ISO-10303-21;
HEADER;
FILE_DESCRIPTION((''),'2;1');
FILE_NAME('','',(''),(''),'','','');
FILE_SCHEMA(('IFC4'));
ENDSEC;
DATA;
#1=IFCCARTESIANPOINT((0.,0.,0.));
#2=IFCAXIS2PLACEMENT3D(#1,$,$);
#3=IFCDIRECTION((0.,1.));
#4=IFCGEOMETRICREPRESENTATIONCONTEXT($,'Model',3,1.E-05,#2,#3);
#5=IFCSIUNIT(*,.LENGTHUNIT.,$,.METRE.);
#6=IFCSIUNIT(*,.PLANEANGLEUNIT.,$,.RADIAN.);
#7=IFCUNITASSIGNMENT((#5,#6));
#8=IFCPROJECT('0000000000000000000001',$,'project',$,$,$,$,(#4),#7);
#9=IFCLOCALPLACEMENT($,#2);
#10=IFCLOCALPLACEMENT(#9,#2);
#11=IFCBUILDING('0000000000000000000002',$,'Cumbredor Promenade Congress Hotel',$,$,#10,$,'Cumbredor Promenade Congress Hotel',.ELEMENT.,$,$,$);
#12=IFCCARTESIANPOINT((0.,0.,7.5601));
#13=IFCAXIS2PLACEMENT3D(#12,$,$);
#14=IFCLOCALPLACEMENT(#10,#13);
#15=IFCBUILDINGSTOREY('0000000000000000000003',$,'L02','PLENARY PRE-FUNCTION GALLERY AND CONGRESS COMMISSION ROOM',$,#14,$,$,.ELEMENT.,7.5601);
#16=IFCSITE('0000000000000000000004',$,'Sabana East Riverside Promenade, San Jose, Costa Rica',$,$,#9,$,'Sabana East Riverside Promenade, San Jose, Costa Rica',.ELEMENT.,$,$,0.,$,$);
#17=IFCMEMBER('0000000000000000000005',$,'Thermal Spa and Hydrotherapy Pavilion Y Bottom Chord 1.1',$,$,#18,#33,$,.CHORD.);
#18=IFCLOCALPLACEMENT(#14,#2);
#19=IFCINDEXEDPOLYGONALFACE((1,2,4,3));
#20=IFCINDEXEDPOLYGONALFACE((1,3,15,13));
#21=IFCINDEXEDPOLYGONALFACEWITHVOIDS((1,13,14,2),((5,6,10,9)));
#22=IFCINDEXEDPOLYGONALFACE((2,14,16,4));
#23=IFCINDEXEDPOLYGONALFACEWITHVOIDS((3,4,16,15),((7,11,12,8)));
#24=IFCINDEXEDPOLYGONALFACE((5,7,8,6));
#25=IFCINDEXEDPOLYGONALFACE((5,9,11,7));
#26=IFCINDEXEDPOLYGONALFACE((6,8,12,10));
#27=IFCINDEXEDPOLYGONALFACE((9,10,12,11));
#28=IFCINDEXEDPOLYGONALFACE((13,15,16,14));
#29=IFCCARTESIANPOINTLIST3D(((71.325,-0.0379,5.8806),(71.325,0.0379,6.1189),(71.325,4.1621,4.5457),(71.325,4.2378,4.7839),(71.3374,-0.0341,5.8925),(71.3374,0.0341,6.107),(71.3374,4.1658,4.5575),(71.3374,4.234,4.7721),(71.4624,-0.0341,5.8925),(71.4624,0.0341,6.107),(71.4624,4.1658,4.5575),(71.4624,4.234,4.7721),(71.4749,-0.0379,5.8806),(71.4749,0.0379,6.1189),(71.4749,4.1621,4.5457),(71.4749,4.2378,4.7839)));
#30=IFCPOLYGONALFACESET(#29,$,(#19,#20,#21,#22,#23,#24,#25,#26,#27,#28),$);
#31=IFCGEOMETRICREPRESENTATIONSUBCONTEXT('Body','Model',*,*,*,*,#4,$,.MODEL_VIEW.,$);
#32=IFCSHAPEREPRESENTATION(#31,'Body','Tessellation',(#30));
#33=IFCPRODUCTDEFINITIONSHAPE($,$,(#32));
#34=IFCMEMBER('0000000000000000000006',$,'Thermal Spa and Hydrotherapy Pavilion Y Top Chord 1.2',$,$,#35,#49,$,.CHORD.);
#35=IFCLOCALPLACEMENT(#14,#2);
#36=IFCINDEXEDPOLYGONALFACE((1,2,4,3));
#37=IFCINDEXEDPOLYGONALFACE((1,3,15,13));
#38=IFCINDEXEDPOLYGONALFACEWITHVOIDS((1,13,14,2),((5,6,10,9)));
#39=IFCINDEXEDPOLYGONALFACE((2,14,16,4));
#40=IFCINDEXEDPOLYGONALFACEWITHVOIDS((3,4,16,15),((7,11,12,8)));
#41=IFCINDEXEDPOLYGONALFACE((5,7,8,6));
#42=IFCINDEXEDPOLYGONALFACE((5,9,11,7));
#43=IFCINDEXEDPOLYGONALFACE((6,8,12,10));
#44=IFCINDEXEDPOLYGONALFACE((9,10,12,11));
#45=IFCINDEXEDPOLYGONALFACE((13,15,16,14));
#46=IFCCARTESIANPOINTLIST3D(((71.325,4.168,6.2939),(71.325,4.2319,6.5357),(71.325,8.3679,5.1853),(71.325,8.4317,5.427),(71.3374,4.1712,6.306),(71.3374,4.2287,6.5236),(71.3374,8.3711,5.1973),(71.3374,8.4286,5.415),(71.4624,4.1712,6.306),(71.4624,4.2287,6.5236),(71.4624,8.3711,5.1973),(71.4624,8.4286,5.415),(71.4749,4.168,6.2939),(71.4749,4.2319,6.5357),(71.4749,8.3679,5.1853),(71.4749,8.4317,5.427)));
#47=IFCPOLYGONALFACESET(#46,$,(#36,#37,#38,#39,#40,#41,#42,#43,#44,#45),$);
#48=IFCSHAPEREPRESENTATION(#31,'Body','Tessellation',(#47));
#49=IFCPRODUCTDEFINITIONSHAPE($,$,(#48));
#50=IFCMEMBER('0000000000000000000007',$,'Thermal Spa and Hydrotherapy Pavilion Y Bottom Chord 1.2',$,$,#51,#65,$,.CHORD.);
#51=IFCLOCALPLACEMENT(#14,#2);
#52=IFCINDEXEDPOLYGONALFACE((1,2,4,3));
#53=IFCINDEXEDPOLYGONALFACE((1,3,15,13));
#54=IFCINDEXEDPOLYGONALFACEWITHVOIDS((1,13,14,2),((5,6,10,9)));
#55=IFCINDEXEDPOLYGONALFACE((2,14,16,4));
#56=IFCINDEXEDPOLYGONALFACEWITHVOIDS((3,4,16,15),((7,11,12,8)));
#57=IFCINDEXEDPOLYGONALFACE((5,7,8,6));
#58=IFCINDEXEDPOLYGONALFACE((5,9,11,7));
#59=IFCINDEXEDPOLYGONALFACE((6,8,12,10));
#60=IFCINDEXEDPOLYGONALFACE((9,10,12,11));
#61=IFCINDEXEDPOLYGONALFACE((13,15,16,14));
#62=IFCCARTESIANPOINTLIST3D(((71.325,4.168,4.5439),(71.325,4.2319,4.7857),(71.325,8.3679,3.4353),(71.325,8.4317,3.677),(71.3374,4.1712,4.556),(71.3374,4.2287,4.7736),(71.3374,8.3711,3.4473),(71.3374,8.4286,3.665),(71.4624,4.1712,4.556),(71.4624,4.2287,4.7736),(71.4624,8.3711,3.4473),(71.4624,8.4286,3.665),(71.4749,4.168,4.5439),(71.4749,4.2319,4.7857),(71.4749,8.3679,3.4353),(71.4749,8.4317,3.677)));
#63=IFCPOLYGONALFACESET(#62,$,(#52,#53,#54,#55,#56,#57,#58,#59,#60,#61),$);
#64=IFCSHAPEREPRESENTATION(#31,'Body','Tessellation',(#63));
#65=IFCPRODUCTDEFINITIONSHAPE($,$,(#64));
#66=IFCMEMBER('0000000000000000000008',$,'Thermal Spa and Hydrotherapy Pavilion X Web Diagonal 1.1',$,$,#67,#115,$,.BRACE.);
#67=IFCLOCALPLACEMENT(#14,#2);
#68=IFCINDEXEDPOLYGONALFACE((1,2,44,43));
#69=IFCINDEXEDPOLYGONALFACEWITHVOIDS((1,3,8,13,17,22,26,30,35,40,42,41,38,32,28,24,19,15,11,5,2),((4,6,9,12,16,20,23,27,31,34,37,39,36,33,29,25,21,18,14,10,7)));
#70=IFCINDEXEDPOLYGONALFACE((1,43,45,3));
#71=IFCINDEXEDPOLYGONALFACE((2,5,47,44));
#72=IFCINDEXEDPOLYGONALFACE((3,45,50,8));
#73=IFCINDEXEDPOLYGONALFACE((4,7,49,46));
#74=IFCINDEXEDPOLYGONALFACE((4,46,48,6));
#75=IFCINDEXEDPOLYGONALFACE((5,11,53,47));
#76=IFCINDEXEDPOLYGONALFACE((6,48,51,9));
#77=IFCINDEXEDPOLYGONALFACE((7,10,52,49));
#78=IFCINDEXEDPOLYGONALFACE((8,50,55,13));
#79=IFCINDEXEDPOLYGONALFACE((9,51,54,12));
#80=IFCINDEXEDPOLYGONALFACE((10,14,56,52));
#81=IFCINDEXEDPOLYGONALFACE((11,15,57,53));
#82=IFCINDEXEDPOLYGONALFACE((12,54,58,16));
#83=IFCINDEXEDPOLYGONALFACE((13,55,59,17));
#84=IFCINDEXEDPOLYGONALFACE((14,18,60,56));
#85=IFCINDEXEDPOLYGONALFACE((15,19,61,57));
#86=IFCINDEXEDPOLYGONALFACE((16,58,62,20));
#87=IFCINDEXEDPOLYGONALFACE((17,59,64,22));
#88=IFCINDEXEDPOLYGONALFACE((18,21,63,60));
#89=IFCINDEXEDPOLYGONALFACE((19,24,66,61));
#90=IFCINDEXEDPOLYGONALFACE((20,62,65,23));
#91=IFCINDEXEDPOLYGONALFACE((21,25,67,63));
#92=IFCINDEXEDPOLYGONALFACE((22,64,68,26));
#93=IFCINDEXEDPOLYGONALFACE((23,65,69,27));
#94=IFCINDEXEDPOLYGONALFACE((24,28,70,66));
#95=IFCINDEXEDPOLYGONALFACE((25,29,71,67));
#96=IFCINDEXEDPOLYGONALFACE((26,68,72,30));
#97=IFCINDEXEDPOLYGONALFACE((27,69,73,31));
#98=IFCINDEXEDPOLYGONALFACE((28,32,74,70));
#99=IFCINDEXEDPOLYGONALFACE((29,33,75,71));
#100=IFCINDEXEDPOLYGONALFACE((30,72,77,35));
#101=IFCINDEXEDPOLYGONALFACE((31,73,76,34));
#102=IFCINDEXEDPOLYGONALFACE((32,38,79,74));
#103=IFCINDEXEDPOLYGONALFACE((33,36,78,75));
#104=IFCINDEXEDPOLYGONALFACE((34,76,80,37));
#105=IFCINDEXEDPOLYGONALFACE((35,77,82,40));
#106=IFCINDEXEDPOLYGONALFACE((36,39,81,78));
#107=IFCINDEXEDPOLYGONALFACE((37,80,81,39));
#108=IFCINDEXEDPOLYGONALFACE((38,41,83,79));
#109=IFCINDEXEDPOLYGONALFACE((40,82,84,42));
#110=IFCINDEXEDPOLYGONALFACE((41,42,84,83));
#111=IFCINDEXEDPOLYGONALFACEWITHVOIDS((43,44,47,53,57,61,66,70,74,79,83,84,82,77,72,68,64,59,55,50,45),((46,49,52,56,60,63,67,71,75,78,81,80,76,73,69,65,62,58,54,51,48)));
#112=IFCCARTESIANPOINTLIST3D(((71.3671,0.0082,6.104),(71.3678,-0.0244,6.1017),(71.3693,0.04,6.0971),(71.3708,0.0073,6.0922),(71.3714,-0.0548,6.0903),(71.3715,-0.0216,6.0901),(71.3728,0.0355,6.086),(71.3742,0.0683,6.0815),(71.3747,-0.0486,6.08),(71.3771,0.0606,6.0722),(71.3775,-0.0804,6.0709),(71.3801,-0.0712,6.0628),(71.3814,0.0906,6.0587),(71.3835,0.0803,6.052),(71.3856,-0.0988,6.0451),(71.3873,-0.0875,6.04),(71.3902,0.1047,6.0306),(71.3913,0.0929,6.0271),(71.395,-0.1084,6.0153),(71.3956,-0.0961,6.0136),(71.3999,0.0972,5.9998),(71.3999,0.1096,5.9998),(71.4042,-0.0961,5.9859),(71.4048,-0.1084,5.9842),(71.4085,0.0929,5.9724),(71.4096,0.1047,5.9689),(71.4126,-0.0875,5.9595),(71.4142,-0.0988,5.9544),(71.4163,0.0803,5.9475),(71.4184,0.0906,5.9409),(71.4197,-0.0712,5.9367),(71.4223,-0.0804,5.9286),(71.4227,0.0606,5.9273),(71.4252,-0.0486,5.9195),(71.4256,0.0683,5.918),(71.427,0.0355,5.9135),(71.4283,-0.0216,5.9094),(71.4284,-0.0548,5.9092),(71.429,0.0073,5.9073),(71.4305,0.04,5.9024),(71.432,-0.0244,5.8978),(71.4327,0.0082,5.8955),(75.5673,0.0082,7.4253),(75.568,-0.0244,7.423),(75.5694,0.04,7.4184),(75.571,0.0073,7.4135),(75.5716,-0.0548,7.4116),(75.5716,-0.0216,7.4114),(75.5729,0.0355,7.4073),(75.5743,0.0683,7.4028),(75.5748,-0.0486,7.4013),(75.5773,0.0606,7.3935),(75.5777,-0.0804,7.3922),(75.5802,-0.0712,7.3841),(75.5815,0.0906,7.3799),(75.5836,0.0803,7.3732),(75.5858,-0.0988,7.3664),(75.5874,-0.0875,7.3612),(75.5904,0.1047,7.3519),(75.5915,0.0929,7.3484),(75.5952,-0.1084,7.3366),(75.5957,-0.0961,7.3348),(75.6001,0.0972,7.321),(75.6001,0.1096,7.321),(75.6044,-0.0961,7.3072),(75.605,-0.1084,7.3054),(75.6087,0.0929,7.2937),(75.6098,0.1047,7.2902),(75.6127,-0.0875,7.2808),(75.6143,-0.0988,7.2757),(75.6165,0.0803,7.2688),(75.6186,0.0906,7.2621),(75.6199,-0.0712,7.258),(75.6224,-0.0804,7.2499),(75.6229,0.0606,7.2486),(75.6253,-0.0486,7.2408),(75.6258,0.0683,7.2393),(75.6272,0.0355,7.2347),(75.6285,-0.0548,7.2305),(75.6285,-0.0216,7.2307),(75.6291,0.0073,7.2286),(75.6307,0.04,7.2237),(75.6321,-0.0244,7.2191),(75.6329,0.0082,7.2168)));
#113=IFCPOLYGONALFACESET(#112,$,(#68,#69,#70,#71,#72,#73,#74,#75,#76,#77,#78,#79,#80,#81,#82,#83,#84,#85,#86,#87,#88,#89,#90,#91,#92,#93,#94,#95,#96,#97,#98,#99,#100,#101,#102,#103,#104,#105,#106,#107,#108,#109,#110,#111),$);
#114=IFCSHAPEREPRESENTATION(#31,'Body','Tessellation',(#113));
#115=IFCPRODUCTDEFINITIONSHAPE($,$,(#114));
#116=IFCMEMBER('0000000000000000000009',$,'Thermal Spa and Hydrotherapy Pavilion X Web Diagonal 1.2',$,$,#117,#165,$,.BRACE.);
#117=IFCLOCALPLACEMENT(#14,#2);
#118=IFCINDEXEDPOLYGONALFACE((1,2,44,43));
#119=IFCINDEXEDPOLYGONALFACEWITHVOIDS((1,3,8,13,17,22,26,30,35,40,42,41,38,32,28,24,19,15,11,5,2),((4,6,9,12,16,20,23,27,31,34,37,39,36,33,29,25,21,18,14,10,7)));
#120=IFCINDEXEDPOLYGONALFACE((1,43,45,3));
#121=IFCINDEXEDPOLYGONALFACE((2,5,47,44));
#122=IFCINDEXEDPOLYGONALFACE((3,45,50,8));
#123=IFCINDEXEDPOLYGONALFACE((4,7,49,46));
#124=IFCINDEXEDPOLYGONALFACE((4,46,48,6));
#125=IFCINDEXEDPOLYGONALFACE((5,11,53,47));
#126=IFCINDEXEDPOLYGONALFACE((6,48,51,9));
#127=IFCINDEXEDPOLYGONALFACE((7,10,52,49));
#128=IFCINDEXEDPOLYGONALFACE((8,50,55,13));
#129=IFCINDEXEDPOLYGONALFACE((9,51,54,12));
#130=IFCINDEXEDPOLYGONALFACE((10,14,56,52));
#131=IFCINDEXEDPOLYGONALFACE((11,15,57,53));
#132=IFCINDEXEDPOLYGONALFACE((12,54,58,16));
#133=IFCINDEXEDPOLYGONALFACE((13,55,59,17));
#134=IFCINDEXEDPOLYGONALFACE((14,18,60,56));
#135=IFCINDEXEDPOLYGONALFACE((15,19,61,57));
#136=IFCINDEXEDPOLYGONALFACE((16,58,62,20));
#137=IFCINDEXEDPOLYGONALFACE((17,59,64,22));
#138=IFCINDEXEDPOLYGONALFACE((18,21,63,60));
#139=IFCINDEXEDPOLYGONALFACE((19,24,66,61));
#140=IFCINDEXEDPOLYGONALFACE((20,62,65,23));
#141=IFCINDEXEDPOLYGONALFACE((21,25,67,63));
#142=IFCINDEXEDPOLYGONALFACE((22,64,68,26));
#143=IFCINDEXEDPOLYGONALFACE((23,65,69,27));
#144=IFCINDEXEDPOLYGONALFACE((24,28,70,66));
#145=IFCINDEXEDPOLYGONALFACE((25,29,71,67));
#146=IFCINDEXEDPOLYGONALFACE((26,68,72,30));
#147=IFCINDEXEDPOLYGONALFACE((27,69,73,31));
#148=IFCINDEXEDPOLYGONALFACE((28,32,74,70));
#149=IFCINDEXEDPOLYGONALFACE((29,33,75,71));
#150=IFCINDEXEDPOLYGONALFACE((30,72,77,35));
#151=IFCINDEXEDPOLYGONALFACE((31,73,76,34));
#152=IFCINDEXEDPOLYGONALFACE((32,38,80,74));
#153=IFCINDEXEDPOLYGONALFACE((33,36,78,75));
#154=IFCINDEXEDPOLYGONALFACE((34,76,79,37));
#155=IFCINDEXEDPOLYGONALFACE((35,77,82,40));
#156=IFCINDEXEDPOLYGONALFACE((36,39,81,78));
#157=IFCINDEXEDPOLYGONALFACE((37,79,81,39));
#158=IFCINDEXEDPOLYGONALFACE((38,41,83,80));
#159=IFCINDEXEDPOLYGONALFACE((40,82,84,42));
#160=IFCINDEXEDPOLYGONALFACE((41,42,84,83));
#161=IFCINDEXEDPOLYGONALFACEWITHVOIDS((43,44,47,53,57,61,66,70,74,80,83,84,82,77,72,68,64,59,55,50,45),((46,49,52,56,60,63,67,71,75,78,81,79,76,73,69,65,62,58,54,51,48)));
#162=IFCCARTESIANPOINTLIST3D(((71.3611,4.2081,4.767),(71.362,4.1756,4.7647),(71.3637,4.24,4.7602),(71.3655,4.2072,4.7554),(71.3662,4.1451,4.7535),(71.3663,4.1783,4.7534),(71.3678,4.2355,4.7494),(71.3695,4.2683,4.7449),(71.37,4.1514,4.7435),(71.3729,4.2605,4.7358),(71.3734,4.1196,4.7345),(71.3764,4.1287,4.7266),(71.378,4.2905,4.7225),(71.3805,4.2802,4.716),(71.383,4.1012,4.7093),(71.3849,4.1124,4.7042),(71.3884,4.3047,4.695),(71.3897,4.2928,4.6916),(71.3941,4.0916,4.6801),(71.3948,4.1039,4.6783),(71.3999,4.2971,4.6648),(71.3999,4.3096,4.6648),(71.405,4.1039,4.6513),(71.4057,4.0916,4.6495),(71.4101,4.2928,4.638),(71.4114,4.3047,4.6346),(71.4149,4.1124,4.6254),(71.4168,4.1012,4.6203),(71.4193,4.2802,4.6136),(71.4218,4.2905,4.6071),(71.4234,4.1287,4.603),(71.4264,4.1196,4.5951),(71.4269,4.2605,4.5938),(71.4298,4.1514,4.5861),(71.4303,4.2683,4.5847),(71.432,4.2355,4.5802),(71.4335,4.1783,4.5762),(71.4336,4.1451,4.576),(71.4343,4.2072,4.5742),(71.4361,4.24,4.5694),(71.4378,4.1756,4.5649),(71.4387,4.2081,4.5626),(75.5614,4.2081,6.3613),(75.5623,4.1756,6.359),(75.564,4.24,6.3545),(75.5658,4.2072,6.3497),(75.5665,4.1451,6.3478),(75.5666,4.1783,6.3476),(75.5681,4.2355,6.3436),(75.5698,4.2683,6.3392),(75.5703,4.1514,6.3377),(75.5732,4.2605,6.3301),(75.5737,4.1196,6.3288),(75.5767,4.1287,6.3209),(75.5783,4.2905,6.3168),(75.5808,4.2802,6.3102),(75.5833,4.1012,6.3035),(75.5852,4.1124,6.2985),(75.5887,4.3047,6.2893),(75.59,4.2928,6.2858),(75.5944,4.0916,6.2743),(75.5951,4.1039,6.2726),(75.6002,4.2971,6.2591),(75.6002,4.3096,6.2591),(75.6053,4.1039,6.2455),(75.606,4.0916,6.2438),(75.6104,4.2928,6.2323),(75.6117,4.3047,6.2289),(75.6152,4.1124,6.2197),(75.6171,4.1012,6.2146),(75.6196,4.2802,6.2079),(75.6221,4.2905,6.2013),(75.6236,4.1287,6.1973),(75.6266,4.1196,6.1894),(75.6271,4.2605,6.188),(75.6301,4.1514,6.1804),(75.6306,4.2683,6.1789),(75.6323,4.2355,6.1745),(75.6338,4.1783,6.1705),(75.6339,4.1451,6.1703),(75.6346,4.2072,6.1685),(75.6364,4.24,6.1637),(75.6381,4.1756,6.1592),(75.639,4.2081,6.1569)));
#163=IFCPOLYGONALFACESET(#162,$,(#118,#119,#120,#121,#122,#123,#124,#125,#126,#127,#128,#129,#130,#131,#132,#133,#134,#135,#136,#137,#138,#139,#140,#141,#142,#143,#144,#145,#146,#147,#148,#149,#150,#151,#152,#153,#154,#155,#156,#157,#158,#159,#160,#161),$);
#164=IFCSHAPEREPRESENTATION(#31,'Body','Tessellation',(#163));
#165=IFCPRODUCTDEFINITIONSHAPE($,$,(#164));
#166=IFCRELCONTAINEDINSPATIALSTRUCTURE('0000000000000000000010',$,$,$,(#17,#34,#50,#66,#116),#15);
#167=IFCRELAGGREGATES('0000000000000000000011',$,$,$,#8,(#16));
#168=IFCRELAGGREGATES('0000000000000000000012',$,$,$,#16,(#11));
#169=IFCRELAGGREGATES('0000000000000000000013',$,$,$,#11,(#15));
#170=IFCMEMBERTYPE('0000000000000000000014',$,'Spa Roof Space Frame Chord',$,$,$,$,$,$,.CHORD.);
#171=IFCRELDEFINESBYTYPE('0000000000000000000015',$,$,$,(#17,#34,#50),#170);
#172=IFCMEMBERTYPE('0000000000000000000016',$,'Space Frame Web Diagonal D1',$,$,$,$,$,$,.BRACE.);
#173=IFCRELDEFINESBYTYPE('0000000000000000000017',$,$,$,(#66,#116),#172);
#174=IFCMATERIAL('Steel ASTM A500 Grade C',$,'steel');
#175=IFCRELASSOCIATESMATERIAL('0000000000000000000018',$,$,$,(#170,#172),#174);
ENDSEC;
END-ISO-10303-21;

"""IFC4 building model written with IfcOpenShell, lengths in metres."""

from ifc_helpers import new_model, si_unit, direction, frame, origin, origin_2d, place, context, subcontext, project, spatial, hollow_rectangle, hollow_circle, extrude, material, material_profile, profile_set, type_object, element, save


model = new_model("IFC4")

# Units and contexts
model_context = context("Model", 3, precision=1e-05, world=origin(), true_north=direction((0.0, 1.0)))
body_context = subcontext(model_context, "Body", "Model", "MODEL_VIEW")
ifc_project = project(units=[si_unit("LENGTHUNIT", "METRE"), si_unit("PLANEANGLEUNIT", "RADIAN")], contexts=[model_context])

# Site, building, storey
site_placement = place(None, origin())
site = spatial("IfcSite", under=ifc_project, at=site_placement, Name="Sabana East Riverside Promenade, San Jose, Costa Rica", LongName="Sabana East Riverside Promenade, San Jose, Costa Rica", CompositionType="ELEMENT", RefElevation=0.0)
building_placement = place(site_placement, origin())
building = spatial("IfcBuilding", under=site, at=building_placement, Name="Cumbredor Promenade Congress Hotel", LongName="Cumbredor Promenade Congress Hotel", CompositionType="ELEMENT")
storey_placement = place(building_placement, frame((0.0, 0.0, 7.5601)))
storey = spatial("IfcBuildingStorey", under=building, at=storey_placement, Name="L02", Description="PLENARY PRE-FUNCTION GALLERY AND CONGRESS COMMISSION ROOM", CompositionType="ELEMENT", Elevation=7.5601)

# Shared definitions
ifc_material_1 = material(Name="Steel ASTM A500 Grade C", Category="steel")

# Members
ifc_material_profile_1 = material_profile(ifc_material_1, hollow_rectangle(XDim=0.1499, YDim=0.25, WallThickness=0.0125, at=origin_2d()), Name="HSS 250x150x12.5")
ifc_profile_set_1 = profile_set([ifc_material_profile_1], Name="Steel ASTM A500 Grade C")
member_type_1 = type_object("IfcMemberType", Name="Spa Roof Space Frame Chord", PredefinedType="CHORD", material=ifc_profile_set_1)
for number, where, z_axis, x_axis, name in (
    (1, (71.3999, 0.0, 5.9998), (0.0, 0.953017, -0.302918), (-1.0, 0.0, 0.0), "Thermal Spa and Hydrotherapy Pavilion Y Bottom Chord 1.1"),
):
    element("IfcMember", number, at=place(storey_placement, frame(where, z_axis=z_axis, x_axis=x_axis)), inside=storey, type_object=member_type_1, Name=name, PredefinedType="CHORD", context=body_context, shape_type="SweptSolid", body=[
        extrude(hollow_rectangle(XDim=0.1499, YDim=0.25, WallThickness=0.0125, at=origin_2d()), origin(), (0.0, 0.0, 1.0), 4.407),
    ])
for number, where, z_axis, x_axis, name in (
    (2, (71.3999, 4.2, 6.4148), (0.0, 0.966882, -0.255224), (-1.0, 0.0, 0.0), "Thermal Spa and Hydrotherapy Pavilion Y Top Chord 1.2"),
    (3, (71.3999, 4.2, 4.6648), (0.0, 0.966882, -0.255224), (-1.0, 0.0, 0.0), "Thermal Spa and Hydrotherapy Pavilion Y Bottom Chord 1.2"),
):
    element("IfcMember", number, at=place(storey_placement, frame(where, z_axis=z_axis, x_axis=x_axis)), inside=storey, type_object=member_type_1, Name=name, PredefinedType="CHORD", context=body_context, shape_type="SweptSolid", body=[
        extrude(hollow_rectangle(XDim=0.1499, YDim=0.25, WallThickness=0.0125, at=origin_2d()), origin(), (0.0, 0.0, 1.0), 4.3438),
    ])
ifc_material_profile_2 = material_profile(ifc_material_1, hollow_circle(Radius=0.1096, WallThickness=0.0125, at=origin_2d()), Name="CHS 219.1x12.5")
ifc_profile_set_2 = profile_set([ifc_material_profile_2], Name="Steel ASTM A500 Grade C")
member_type_2 = type_object("IfcMemberType", Name="Space Frame Web Diagonal D1", PredefinedType="BRACE", material=ifc_profile_set_2)
member_1_placement = place(storey_placement, frame((71.3999, 0.0, 5.9998), z_axis=(0.953914, 0.0, 0.30008), x_axis=(0.0, 1.0, 0.0)))
element("IfcMember", 4, at=member_1_placement, inside=storey, type_object=member_type_2, Name="Thermal Spa and Hydrotherapy Pavilion X Web Diagonal 1.1", PredefinedType="BRACE", context=body_context, shape_type="SweptSolid", body=[
    extrude(hollow_circle(Radius=0.1096, WallThickness=0.0125, at=origin_2d()), origin(), (0.0, 0.0, 1.0), 4.4031),
])
member_2_placement = place(storey_placement, frame((71.3999, 4.2, 4.6648), z_axis=(0.934919, 0.0, 0.354861), x_axis=(0.0, 1.0, 0.0)))
element("IfcMember", 5, at=member_2_placement, inside=storey, type_object=member_type_2, Name="Thermal Spa and Hydrotherapy Pavilion X Web Diagonal 1.2", PredefinedType="BRACE", context=body_context, shape_type="SweptSolid", body=[
    extrude(hollow_circle(Radius=0.1096, WallThickness=0.0125, at=origin_2d()), origin(), (0.0, 0.0, 1.0), 4.4927),
])

save(model, "model.ifc")
